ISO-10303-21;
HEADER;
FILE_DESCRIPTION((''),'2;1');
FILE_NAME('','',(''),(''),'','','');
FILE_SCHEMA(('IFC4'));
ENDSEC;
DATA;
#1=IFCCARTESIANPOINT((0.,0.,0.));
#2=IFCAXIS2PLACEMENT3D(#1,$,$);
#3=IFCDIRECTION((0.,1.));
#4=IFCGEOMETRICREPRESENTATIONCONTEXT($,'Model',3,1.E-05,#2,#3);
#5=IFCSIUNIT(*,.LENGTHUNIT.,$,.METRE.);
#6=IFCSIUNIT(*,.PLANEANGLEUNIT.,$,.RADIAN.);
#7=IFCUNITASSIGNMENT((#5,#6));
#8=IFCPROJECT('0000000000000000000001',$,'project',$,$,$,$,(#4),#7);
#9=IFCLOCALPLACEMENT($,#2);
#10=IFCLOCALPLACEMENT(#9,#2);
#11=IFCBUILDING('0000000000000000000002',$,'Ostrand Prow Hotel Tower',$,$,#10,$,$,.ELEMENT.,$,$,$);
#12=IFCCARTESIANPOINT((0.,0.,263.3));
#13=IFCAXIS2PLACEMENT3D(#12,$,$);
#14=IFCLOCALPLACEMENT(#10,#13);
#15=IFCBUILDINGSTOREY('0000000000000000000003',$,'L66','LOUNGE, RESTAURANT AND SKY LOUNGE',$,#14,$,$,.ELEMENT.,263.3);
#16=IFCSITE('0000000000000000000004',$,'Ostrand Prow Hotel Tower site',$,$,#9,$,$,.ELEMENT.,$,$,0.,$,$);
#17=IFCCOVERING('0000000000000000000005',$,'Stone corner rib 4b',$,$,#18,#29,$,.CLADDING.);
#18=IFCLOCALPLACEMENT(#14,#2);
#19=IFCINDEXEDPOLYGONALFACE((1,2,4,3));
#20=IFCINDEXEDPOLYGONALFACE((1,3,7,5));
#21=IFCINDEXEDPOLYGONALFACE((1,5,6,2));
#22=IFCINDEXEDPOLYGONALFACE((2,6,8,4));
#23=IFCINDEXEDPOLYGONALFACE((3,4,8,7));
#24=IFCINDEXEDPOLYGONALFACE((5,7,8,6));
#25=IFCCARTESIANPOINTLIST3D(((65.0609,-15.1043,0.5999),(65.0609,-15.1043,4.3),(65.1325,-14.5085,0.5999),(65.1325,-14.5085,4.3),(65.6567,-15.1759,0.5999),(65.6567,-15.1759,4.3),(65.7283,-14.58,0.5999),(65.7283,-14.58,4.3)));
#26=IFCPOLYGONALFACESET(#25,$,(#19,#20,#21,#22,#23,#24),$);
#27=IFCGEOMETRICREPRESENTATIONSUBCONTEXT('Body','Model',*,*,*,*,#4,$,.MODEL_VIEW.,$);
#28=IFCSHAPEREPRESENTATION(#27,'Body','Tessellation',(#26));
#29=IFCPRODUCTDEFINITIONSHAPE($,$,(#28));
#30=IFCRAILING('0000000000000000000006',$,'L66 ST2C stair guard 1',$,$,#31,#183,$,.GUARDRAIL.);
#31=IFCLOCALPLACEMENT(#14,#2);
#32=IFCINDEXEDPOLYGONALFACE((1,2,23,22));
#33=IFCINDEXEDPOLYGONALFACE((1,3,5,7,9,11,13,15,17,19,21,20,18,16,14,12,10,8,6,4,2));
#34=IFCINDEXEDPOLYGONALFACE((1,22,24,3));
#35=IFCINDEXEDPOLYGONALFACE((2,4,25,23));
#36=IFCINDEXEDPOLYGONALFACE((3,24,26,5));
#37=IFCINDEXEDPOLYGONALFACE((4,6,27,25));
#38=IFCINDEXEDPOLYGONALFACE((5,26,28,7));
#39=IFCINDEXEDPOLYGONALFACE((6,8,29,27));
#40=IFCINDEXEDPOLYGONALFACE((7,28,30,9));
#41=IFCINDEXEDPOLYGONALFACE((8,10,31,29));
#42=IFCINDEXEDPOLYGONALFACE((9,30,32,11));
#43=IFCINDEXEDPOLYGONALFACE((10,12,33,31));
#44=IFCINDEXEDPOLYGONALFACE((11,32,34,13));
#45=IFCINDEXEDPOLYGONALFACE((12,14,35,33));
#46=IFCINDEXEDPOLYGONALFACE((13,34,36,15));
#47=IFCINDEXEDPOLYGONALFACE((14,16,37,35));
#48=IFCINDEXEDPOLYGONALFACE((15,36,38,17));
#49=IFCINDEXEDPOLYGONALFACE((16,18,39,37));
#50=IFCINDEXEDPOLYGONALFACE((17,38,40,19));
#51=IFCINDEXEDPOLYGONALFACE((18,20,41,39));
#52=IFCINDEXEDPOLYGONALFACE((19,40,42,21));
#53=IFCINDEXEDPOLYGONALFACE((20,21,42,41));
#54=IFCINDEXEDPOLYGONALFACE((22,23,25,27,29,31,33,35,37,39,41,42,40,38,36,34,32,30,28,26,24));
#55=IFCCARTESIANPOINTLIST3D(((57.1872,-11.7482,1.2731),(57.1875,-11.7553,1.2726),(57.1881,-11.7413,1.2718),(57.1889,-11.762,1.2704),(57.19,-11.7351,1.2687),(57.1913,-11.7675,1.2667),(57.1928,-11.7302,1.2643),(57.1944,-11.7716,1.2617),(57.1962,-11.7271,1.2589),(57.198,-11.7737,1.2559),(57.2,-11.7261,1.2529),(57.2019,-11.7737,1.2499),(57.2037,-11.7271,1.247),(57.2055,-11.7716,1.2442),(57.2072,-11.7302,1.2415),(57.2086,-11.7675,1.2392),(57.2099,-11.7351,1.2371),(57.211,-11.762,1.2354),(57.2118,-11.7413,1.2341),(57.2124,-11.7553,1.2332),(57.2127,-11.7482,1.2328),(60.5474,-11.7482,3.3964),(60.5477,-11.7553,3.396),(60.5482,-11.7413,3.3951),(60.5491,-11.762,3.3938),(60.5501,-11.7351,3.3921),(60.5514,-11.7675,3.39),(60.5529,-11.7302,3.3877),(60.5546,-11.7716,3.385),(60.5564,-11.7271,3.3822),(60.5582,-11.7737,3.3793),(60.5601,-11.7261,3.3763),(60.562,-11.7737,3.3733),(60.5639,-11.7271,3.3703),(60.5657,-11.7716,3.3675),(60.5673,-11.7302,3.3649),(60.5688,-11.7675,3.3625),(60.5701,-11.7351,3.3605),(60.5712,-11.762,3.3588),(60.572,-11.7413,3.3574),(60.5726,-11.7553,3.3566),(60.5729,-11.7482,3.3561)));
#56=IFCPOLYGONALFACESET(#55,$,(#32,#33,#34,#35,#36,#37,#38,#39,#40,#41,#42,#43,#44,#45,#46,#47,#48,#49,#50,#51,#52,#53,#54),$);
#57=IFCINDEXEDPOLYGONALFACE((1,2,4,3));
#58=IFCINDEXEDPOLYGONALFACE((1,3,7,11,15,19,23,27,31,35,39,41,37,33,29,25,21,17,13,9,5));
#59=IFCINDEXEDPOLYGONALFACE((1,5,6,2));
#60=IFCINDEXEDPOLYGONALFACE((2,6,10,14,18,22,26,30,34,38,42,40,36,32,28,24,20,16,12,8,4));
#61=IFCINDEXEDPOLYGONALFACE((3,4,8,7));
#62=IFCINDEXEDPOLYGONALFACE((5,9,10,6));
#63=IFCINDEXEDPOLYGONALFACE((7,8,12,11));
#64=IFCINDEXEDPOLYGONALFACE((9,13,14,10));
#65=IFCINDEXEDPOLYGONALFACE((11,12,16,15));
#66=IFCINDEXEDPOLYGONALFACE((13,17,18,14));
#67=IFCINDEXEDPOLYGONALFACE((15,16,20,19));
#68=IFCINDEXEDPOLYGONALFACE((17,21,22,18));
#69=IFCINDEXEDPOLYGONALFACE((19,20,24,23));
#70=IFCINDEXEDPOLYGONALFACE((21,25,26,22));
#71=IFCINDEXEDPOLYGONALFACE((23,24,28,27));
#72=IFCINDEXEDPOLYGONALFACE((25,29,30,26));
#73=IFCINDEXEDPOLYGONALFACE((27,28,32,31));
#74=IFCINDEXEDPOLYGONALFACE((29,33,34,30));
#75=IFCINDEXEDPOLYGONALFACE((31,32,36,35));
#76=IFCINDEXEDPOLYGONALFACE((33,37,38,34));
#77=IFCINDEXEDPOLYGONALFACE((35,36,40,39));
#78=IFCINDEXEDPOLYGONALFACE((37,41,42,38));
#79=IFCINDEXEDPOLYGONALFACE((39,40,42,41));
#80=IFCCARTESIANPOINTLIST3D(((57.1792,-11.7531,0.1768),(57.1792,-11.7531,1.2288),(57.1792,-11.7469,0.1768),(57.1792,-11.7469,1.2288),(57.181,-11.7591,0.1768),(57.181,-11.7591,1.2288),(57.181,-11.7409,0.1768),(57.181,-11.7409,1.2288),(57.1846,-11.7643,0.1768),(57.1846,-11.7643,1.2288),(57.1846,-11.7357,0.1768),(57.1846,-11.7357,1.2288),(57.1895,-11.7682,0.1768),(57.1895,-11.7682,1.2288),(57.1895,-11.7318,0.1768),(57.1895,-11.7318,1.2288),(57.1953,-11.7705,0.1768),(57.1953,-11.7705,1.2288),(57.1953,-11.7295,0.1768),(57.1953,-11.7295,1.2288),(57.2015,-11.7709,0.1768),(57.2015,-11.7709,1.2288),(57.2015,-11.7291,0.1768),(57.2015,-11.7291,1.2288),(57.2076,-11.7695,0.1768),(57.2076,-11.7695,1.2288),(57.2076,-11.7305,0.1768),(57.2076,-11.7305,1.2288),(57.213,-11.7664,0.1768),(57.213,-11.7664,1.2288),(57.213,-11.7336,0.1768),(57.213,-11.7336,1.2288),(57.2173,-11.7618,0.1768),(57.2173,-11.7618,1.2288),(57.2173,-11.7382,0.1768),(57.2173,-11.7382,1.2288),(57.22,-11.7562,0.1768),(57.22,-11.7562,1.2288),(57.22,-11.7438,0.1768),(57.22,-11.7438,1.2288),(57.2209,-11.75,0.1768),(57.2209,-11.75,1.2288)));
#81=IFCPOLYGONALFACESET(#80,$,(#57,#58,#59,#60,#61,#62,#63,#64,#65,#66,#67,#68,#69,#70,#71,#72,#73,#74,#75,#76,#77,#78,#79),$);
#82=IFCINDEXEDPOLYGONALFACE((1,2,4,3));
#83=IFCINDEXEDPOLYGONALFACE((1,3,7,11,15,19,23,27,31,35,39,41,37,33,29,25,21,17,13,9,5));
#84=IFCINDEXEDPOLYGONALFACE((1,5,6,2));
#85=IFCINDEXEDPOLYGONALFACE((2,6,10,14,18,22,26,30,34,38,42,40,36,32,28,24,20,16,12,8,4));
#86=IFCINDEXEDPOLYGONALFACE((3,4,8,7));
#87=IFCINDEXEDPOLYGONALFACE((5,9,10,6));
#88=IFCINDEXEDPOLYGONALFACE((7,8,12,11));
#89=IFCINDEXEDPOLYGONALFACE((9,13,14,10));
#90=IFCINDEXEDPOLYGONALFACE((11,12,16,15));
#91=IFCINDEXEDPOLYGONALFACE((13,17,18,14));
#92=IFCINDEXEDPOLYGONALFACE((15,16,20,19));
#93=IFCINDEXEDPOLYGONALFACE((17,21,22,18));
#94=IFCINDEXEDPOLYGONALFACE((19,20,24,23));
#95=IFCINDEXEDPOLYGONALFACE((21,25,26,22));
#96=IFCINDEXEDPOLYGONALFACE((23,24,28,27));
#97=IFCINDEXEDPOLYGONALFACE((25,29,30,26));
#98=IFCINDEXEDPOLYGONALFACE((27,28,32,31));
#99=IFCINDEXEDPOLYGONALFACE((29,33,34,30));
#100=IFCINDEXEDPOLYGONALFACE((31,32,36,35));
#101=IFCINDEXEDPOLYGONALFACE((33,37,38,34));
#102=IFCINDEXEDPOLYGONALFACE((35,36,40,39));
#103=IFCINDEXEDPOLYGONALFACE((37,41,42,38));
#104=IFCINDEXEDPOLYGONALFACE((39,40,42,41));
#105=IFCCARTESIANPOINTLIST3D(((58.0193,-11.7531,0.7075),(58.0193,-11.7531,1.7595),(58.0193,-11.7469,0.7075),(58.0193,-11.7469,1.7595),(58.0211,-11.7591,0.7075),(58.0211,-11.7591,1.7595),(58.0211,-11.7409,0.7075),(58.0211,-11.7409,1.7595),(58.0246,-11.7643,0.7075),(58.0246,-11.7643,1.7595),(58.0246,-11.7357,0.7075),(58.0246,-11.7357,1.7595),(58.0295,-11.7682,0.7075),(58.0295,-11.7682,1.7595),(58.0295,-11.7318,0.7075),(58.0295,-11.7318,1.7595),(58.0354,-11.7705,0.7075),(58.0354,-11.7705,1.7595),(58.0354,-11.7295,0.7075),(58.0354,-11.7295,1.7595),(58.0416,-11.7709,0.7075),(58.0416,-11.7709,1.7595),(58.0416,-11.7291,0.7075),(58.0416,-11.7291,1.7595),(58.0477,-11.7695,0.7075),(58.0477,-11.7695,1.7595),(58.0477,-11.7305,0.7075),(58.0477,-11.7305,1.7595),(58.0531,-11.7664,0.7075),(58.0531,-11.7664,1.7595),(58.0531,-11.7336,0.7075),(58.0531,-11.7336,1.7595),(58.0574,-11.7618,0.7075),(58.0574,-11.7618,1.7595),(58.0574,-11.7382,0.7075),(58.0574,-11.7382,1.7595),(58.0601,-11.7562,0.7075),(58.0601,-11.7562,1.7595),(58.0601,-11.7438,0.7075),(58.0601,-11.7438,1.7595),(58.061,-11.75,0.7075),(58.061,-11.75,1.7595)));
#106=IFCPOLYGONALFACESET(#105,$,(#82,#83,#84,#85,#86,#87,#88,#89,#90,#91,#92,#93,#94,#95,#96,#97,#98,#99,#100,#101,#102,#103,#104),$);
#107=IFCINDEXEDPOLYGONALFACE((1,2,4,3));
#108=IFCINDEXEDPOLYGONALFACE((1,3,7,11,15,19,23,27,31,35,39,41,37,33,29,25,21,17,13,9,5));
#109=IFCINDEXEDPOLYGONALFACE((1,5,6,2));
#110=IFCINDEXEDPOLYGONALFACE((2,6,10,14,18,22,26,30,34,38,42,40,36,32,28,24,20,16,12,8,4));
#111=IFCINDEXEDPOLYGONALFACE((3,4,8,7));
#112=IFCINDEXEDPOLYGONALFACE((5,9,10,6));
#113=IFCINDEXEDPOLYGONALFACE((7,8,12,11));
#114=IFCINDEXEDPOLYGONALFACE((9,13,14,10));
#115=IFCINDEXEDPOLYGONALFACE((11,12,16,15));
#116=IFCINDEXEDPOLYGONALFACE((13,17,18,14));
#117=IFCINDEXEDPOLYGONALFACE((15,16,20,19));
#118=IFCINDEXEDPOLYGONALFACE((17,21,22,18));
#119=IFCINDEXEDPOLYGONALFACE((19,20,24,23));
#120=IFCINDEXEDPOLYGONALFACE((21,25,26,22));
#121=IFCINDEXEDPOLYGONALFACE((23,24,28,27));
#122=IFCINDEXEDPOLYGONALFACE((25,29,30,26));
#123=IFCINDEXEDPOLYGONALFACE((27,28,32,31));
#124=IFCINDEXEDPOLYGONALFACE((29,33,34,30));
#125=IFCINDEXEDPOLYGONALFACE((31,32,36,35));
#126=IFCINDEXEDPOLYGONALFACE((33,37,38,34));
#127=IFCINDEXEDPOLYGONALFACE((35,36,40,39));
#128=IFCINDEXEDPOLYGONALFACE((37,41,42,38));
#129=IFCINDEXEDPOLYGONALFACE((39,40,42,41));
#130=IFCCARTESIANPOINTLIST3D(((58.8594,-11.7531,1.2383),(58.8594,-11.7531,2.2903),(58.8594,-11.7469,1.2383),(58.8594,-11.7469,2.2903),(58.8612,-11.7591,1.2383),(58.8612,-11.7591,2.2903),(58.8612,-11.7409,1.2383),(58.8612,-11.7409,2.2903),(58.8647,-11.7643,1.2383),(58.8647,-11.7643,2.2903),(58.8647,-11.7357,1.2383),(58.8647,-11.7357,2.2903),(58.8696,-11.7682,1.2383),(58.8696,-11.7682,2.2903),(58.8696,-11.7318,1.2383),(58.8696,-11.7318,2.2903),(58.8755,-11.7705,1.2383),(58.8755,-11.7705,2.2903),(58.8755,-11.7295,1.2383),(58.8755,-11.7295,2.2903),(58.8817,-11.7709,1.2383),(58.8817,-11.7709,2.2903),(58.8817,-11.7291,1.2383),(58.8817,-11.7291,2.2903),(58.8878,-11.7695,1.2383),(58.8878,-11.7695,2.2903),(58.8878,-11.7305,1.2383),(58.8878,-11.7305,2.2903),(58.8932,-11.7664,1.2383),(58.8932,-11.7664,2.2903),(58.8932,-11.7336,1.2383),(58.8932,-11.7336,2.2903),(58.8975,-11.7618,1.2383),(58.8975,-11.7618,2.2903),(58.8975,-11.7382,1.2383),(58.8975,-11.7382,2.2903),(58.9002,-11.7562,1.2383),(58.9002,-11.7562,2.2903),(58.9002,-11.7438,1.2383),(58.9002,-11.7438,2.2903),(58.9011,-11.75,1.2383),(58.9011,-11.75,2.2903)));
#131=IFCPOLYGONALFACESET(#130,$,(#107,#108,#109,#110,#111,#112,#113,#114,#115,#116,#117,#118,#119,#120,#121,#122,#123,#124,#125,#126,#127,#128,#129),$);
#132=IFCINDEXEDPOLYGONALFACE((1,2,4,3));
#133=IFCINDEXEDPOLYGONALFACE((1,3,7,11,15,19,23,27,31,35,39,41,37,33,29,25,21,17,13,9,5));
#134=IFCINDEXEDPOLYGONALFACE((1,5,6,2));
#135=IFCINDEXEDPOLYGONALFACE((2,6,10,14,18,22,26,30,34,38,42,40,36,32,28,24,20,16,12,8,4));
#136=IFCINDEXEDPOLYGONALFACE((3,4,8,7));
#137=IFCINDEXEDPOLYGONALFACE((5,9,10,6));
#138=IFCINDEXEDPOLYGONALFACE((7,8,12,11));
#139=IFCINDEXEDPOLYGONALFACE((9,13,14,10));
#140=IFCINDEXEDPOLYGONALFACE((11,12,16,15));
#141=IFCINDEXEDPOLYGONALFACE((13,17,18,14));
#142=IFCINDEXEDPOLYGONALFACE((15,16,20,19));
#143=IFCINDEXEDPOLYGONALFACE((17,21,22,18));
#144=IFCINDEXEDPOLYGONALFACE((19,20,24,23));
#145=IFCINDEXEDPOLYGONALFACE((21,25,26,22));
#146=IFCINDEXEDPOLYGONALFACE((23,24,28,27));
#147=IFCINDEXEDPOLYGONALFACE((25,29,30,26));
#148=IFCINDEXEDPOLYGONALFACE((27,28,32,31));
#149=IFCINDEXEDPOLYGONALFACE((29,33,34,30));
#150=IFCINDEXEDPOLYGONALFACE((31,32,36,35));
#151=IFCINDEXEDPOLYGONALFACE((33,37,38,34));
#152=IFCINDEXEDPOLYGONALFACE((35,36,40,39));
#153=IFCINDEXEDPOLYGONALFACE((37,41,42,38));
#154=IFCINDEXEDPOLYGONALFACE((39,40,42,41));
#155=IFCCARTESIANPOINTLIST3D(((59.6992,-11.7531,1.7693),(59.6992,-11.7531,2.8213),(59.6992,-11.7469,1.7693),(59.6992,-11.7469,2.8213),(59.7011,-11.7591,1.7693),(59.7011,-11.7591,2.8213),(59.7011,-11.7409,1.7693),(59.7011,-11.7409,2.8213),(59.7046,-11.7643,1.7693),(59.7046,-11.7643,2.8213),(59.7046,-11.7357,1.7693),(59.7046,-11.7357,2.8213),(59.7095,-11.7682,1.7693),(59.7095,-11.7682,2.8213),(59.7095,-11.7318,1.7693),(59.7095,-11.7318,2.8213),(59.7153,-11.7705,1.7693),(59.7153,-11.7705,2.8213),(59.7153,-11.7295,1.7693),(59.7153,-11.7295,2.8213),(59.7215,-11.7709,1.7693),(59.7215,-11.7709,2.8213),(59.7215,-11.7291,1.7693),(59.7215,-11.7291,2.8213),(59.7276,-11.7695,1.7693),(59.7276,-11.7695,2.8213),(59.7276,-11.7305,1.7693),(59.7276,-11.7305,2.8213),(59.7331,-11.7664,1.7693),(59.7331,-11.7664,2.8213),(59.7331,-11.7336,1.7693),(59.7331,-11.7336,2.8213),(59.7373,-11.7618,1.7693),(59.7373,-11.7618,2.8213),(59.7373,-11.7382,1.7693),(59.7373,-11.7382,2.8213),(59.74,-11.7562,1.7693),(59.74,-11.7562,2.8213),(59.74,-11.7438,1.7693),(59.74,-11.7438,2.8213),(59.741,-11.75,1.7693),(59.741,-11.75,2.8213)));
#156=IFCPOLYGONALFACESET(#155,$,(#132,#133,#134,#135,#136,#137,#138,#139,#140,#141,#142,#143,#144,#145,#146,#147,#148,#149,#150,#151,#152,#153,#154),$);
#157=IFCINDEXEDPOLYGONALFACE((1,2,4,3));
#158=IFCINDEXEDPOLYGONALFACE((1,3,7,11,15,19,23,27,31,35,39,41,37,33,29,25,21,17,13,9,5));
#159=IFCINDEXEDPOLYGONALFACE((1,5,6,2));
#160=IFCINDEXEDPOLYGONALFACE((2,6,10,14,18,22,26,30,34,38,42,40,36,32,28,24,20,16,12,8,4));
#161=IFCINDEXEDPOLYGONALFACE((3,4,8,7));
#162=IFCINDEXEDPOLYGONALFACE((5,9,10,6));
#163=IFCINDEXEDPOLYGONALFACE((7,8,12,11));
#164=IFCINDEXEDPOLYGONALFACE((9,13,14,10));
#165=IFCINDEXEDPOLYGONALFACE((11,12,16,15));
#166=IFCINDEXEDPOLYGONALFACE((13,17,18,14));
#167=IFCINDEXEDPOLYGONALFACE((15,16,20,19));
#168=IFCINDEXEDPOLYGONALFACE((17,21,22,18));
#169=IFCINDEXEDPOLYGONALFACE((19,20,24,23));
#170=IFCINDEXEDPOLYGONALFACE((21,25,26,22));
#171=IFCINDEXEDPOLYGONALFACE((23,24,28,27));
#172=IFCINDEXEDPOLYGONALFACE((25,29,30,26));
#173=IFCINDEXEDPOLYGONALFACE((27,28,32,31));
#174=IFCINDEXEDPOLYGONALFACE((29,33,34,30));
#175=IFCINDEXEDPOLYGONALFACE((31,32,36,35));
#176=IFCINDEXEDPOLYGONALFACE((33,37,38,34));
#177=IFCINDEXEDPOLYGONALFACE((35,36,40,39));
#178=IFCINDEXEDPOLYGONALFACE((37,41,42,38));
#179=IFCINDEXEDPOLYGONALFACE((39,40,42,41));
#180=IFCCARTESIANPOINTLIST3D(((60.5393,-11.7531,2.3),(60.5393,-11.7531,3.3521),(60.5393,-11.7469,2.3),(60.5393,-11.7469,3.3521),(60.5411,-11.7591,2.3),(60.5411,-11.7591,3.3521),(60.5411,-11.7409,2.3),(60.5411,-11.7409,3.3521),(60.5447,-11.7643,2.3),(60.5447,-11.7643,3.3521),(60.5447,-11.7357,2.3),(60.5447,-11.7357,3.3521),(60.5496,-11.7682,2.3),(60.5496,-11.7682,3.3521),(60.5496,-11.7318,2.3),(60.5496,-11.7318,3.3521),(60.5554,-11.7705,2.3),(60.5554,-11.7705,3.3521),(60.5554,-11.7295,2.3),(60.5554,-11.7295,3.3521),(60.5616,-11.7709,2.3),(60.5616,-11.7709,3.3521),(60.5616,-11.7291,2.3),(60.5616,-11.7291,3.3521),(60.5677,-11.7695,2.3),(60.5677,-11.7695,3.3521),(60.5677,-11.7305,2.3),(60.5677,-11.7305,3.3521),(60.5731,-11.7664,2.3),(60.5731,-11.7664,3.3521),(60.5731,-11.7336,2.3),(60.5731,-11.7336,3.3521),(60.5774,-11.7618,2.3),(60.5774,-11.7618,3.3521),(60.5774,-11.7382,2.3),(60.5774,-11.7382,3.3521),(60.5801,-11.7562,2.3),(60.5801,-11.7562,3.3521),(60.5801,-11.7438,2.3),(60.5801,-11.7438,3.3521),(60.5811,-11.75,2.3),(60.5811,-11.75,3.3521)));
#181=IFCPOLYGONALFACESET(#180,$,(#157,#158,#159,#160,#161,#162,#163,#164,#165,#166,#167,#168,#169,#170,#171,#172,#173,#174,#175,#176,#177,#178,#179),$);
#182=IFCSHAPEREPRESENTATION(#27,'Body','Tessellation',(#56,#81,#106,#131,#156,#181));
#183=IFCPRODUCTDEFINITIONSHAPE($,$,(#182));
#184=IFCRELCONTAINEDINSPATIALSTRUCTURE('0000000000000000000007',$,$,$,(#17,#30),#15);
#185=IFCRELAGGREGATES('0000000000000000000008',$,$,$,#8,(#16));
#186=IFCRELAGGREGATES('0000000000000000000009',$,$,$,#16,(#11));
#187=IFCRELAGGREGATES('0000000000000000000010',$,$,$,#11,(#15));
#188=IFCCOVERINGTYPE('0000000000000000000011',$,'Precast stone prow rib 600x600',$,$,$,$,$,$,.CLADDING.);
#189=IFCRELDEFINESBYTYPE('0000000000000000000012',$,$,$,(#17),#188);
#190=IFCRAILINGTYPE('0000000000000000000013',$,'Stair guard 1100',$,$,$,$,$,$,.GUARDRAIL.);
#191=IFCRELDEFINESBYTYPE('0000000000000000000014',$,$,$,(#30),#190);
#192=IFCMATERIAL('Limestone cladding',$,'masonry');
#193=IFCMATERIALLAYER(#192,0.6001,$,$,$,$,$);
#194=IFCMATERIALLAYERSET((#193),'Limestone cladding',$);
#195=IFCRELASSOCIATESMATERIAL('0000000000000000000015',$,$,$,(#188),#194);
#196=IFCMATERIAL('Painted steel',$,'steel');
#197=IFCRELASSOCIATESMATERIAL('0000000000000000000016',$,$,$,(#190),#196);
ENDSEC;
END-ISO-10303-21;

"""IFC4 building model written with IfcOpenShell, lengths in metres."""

from ifc_helpers import new_model, si_unit, direction, frame, frame_2d, origin, origin_2d, place, context, subcontext, project, spatial, rectangle, circle, extrude, material, layer, layer_set, type_object, element, save


model = new_model("IFC4")

# Units and contexts
model_context = context("Model", 3, precision=1e-05, world=origin(), true_north=direction((0.0, 1.0)))
body_context = subcontext(model_context, "Body", "Model", "MODEL_VIEW")
ifc_project = project(units=[si_unit("LENGTHUNIT", "METRE"), si_unit("PLANEANGLEUNIT", "RADIAN")], contexts=[model_context])

# Site, building, storey
site_placement = place(None, origin())
site = spatial("IfcSite", under=ifc_project, at=site_placement, Name="Ostrand Prow Hotel Tower site", CompositionType="ELEMENT", RefElevation=0.0)
building_placement = place(site_placement, origin())
building = spatial("IfcBuilding", under=site, at=building_placement, Name="Ostrand Prow Hotel Tower", CompositionType="ELEMENT")
storey_placement = place(building_placement, frame((0.0, 0.0, 263.3)))
storey = spatial("IfcBuildingStorey", under=building, at=storey_placement, Name="L66", Description="LOUNGE, RESTAURANT AND SKY LOUNGE", CompositionType="ELEMENT", Elevation=263.3)

# Covering
ifc_material_1 = material(Name="Limestone cladding", Category="masonry")
ifc_layer_1 = layer(ifc_material_1, 0.6001)
ifc_layer_set_1 = layer_set([ifc_layer_1], Name="Limestone cladding")
covering_type = type_object("IfcCoveringType", Name="Precast stone prow rib 600x600", PredefinedType="CLADDING", material=ifc_layer_set_1)
covering_1_placement = place(storey_placement, frame((65.0967, -14.8064, 0.5999), z_axis=(0.0, 0.0, 1.0), x_axis=(0.992867, -0.119225, 0.0)))
element("IfcCovering", 1, at=covering_1_placement, inside=storey, type_object=covering_type, Name="Stone corner rib 4b", PredefinedType="CLADDING", context=body_context, shape_type="SweptSolid", body=[
    extrude(rectangle(XDim=0.6001, YDim=0.6001, at=frame_2d((0.3, 0.0))), origin(), (0.0, 0.0, 1.0), 3.7002),
])

# Railing
ifc_material_2 = material(Name="Painted steel", Category="steel")
railing_type_1 = type_object("IfcRailingType", Name="Stair guard 1100", PredefinedType="GUARDRAIL", material=ifc_material_2)
railing_1_placement = place(storey_placement, frame((57.2, -11.75, 0.1768)))
element("IfcRailing", 2, at=railing_1_placement, inside=storey, type_object=railing_type_1, Name="L66 ST2C stair guard 1", PredefinedType="GUARDRAIL", context=body_context, shape_type="SweptSolid", body=[
    extrude(circle(Radius=0.0239, at=origin_2d()), frame((0.0, 0.0, 1.0762), z_axis=(0.845362, 0.0, 0.534194), x_axis=(0.0, 1.0, 0.0)), (0.0, 0.0, 1.0), 3.9749),
    extrude(circle(Radius=0.021, at=origin_2d()), origin(), (0.0, 0.0, 1.0), 1.052),
    extrude(circle(Radius=0.021, at=origin_2d()), frame((0.8401, 0.0, 0.5308)), (0.0, 0.0, 1.0), 1.052),
    extrude(circle(Radius=0.021, at=origin_2d()), frame((1.6802, 0.0, 1.0615)), (0.0, 0.0, 1.0), 1.052),
    extrude(circle(Radius=0.021, at=origin_2d()), frame((2.52, 0.0, 1.5925)), (0.0, 0.0, 1.0), 1.052),
    extrude(circle(Radius=0.021, at=origin_2d()), frame((3.3601, 0.0, 2.1233)), (0.0, 0.0, 1.0), 1.052),
])

save(model, "model.ifc")
